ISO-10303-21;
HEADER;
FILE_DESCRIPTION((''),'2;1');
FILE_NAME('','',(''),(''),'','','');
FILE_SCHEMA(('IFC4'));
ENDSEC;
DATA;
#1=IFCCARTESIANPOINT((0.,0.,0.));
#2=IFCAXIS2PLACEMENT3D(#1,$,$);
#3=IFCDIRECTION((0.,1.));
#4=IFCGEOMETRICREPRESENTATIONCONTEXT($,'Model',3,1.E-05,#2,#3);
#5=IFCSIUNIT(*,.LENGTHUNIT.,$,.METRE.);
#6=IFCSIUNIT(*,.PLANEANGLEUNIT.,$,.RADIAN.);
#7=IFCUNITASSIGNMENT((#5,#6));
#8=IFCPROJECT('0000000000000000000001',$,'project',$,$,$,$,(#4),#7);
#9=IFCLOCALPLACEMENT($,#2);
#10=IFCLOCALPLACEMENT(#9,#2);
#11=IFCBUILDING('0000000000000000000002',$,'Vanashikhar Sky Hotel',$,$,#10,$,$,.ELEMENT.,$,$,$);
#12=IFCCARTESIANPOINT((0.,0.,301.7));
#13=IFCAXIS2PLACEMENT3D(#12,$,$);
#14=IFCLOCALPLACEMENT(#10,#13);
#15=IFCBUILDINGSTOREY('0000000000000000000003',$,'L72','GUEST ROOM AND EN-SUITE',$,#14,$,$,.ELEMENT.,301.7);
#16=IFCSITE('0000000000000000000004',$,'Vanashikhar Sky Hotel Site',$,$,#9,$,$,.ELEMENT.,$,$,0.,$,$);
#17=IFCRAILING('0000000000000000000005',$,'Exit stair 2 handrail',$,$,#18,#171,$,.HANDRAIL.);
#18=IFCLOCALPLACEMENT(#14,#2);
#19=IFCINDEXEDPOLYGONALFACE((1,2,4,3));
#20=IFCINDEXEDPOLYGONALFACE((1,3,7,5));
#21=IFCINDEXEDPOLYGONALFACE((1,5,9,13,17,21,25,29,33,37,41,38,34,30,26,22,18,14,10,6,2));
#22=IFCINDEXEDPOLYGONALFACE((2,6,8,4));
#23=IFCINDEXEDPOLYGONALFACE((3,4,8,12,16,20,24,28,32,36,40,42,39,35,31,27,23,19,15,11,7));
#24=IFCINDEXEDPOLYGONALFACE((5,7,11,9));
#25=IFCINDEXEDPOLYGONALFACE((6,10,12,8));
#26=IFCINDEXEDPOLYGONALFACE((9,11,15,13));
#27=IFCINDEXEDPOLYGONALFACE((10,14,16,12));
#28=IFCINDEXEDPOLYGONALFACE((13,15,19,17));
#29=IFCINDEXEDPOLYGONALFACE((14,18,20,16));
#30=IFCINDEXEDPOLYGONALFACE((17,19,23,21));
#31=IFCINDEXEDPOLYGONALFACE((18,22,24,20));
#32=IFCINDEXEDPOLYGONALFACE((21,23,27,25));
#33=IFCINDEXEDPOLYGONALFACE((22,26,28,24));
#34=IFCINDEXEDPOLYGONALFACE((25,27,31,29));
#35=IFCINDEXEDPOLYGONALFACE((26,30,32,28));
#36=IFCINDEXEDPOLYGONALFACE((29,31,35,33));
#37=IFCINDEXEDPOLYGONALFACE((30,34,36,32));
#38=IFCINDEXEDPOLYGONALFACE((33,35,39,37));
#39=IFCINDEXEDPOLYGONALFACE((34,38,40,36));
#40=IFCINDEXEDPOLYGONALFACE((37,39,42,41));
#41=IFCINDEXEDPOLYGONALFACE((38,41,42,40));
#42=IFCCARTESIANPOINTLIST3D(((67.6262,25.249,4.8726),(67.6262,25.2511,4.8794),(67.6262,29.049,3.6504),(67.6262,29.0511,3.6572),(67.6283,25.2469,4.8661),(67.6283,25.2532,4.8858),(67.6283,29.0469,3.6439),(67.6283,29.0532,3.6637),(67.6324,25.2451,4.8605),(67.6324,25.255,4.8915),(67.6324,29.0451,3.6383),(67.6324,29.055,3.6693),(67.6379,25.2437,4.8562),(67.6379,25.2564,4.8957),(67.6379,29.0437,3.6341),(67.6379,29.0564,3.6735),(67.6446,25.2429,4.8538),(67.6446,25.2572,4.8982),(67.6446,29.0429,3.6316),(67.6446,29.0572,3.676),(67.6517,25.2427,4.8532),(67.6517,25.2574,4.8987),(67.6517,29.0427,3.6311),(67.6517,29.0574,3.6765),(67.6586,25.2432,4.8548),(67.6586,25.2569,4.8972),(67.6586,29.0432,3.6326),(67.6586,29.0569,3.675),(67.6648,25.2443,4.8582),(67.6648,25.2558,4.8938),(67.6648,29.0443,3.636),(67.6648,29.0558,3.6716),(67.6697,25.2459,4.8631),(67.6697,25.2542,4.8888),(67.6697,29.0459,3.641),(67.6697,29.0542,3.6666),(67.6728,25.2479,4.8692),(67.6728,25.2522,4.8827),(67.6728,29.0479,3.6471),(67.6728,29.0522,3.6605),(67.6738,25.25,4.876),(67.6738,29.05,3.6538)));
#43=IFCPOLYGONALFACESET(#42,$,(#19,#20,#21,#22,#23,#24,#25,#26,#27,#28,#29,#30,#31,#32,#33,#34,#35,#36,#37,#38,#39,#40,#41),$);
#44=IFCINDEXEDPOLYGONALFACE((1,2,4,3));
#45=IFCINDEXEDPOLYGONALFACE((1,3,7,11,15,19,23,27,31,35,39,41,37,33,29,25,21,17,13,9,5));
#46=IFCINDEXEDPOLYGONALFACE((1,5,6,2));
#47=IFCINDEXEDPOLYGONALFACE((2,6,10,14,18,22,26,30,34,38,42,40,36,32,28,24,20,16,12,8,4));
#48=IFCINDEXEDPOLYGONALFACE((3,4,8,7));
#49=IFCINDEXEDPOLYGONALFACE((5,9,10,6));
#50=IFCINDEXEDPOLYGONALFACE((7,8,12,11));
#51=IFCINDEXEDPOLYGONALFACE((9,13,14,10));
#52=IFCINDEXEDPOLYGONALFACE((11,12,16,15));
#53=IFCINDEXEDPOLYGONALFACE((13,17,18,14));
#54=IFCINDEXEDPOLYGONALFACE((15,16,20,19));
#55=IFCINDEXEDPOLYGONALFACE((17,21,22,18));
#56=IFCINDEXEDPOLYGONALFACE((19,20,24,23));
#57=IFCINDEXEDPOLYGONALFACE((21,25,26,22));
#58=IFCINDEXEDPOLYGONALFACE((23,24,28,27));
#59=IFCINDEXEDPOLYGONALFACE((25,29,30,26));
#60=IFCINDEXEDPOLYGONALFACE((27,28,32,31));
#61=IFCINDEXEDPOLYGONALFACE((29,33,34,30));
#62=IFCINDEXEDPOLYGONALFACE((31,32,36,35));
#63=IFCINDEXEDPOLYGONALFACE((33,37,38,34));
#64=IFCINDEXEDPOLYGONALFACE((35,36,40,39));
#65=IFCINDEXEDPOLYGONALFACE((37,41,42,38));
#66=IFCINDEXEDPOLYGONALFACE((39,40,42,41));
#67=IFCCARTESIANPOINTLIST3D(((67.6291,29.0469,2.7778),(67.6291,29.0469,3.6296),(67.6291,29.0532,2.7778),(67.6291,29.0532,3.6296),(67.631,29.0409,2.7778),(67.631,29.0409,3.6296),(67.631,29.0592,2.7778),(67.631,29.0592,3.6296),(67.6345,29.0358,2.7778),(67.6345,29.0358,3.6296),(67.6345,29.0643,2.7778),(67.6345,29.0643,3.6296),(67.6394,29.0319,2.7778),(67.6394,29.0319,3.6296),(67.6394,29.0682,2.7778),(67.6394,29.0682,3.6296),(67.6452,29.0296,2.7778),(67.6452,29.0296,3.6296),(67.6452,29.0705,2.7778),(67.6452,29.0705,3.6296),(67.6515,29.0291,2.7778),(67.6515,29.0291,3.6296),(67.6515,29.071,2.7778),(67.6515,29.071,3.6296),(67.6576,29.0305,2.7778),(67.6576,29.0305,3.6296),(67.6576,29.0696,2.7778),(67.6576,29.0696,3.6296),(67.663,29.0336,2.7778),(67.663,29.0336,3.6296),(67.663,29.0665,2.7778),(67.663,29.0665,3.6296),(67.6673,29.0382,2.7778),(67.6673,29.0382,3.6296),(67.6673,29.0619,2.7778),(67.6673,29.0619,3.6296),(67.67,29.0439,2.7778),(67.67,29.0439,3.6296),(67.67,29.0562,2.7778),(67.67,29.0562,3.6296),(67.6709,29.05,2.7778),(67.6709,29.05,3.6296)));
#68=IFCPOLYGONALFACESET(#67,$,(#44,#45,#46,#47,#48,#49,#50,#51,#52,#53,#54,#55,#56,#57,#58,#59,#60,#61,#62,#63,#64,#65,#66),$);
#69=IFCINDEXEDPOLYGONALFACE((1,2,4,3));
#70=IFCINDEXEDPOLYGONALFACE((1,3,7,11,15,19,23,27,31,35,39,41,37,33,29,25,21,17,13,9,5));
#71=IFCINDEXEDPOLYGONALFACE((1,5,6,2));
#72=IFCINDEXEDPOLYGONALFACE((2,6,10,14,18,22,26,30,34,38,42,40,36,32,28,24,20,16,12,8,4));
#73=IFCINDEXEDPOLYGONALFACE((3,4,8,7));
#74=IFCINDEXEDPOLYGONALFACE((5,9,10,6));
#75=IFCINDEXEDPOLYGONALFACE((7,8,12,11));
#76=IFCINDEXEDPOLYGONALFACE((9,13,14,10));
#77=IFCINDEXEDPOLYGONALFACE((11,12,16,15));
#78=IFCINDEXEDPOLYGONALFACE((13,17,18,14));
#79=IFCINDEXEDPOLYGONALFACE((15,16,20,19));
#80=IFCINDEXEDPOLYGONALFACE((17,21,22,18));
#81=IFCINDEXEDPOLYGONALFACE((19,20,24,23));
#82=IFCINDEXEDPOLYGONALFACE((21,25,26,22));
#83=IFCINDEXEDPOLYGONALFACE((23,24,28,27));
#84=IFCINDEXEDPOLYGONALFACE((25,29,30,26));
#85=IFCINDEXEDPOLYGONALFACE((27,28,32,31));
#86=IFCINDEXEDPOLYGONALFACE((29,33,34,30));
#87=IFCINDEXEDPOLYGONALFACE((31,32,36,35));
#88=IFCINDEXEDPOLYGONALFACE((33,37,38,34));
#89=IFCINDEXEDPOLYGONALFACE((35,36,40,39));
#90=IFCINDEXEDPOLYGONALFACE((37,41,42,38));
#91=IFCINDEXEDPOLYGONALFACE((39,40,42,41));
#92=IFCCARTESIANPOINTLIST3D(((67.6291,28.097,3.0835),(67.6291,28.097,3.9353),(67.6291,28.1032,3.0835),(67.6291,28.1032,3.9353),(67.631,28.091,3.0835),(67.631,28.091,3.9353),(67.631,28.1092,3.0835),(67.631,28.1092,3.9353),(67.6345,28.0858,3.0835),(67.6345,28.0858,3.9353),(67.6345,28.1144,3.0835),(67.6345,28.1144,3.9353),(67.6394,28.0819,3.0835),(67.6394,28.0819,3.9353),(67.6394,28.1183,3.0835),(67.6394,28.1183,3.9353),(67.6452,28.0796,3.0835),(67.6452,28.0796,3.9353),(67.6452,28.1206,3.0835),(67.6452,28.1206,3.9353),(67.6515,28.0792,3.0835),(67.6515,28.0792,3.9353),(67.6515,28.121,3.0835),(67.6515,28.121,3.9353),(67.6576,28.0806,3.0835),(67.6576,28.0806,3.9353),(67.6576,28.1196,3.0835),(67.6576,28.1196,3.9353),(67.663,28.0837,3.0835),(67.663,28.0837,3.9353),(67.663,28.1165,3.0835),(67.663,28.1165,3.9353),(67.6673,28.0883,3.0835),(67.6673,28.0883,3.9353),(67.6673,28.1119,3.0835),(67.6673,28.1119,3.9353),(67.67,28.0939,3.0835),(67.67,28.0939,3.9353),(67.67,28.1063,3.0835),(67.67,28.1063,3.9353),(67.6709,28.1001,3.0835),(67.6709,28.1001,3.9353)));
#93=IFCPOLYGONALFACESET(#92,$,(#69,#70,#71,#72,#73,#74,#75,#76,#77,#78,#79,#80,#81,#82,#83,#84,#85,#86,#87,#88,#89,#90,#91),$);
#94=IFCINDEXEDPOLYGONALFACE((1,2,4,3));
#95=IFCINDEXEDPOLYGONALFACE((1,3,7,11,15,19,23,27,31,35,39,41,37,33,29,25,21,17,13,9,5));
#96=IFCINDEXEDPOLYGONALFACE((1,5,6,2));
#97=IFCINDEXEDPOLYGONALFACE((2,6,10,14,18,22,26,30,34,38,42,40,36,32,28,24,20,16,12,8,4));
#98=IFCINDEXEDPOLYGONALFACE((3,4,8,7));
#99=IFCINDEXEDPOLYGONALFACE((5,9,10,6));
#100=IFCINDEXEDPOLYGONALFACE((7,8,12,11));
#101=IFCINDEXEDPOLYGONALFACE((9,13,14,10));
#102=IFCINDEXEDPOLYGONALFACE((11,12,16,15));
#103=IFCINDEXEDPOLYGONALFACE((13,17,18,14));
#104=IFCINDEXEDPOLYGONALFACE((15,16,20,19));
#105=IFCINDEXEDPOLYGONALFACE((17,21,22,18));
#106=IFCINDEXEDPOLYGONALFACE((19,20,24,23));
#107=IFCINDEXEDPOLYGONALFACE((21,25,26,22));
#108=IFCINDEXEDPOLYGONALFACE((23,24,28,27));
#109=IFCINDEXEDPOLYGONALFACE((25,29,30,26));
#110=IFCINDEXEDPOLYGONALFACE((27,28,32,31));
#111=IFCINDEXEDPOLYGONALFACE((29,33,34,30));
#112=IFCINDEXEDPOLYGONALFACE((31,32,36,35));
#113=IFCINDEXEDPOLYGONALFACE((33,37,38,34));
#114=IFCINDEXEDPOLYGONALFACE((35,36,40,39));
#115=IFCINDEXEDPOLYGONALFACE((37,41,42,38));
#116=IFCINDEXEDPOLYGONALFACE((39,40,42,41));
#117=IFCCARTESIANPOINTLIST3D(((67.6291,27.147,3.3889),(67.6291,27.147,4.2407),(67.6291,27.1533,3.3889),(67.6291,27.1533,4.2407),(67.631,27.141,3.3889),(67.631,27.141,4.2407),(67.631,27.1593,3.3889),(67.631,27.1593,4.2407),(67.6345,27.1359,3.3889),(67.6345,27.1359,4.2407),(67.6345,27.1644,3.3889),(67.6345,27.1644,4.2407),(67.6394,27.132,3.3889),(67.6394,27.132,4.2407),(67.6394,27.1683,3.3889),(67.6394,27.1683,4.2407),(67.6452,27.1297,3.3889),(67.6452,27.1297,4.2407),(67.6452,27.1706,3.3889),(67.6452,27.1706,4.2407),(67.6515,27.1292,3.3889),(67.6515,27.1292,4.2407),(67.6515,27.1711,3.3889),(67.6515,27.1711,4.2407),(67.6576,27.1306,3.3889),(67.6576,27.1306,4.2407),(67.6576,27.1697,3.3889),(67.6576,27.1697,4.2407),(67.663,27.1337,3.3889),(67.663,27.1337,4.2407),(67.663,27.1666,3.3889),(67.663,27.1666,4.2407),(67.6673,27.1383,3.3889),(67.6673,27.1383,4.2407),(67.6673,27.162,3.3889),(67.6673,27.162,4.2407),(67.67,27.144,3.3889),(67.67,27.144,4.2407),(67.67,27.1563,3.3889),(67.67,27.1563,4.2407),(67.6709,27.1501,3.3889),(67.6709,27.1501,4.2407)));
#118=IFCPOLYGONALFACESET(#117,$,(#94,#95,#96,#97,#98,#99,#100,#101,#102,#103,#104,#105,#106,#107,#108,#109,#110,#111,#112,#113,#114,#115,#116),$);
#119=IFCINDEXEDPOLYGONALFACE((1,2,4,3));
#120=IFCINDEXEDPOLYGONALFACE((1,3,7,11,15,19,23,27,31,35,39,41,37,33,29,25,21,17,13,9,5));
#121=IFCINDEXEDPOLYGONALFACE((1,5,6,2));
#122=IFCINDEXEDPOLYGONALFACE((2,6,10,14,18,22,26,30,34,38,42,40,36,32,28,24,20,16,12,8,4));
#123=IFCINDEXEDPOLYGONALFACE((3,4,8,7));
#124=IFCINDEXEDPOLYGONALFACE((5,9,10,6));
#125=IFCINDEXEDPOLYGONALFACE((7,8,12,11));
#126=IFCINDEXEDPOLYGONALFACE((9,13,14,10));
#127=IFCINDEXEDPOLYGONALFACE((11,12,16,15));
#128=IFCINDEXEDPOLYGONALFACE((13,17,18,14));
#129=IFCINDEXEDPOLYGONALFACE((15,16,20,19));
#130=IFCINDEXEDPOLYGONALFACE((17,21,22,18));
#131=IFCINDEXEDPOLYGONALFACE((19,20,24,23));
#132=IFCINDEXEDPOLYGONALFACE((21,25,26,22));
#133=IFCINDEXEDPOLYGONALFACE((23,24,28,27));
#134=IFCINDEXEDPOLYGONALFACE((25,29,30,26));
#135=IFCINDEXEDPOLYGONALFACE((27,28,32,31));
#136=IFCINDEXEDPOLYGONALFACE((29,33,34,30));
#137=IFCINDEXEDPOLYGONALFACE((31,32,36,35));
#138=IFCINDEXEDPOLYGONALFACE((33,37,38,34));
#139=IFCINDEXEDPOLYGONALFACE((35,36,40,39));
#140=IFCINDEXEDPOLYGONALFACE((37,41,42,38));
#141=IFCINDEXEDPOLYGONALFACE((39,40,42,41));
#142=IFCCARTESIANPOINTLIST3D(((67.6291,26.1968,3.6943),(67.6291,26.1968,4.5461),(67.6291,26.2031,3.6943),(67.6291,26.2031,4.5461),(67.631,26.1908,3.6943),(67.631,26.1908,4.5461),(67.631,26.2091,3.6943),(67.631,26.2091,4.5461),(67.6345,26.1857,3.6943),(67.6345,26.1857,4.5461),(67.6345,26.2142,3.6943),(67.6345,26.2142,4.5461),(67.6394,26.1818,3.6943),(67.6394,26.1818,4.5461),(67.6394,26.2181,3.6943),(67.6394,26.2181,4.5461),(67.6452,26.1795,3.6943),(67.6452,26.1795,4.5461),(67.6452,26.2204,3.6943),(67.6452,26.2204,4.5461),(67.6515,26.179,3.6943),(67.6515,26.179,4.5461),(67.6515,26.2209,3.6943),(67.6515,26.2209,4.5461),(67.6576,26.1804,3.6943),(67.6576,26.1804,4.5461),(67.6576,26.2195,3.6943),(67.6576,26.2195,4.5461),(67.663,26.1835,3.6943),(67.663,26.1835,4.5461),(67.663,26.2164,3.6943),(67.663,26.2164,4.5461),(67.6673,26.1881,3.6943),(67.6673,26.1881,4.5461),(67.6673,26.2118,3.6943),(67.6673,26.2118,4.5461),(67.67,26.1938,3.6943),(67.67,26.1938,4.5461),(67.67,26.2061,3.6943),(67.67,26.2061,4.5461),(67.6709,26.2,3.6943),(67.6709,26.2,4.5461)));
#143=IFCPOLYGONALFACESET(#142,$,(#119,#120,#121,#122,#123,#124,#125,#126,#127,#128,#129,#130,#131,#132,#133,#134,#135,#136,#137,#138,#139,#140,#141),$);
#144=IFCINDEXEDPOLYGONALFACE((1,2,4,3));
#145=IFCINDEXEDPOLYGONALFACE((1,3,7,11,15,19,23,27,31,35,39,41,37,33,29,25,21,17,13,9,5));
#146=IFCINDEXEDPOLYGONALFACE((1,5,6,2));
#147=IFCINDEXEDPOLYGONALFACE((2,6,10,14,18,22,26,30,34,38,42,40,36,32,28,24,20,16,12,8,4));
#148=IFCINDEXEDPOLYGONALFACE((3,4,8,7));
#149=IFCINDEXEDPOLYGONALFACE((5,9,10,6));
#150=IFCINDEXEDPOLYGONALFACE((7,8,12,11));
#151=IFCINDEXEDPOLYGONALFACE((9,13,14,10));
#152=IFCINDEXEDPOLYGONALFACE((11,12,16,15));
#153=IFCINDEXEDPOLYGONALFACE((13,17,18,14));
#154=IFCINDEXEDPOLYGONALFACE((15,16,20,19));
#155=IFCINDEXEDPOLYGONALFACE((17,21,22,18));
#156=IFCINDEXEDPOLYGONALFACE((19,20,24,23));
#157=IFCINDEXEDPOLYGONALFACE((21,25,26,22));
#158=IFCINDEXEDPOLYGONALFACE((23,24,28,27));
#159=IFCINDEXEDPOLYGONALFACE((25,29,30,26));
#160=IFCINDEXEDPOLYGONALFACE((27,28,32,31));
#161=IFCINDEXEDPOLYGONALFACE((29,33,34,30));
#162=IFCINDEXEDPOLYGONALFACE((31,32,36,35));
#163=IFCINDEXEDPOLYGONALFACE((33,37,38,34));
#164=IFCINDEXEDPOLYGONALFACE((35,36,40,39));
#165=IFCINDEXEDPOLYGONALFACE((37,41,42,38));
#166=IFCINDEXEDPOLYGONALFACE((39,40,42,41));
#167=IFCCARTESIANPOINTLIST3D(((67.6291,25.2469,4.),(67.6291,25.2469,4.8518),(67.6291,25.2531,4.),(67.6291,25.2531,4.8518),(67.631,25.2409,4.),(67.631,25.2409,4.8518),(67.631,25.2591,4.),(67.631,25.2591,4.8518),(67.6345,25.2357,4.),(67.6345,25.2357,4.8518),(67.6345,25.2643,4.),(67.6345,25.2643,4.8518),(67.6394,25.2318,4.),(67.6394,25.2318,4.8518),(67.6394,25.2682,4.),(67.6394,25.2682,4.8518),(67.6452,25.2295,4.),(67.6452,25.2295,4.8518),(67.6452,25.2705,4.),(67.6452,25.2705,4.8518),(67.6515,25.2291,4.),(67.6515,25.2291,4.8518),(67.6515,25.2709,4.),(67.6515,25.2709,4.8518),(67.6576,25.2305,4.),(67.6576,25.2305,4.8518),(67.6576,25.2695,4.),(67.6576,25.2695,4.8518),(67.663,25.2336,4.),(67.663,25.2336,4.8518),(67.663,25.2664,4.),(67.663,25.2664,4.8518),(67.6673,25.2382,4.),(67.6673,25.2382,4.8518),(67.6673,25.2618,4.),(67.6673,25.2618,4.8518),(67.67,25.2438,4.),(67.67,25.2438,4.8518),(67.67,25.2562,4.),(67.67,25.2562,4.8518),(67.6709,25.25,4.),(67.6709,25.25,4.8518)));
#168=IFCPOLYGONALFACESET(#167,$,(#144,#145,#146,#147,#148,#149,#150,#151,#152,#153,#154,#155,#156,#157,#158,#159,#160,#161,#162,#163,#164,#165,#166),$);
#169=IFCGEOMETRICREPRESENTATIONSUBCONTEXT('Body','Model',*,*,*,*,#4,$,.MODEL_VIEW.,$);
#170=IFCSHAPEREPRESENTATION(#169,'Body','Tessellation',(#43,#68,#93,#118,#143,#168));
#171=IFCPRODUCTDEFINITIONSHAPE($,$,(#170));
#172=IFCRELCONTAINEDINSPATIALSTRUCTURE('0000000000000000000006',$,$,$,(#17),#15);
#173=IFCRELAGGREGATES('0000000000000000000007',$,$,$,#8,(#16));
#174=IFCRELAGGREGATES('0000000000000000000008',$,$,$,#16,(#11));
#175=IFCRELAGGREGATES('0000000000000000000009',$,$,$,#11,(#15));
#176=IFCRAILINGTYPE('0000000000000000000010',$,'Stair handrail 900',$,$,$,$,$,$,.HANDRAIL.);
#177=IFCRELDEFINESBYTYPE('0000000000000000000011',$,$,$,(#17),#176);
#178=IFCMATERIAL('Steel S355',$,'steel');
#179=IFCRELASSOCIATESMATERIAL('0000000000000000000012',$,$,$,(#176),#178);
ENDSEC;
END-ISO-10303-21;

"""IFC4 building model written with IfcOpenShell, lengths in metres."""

from ifc_helpers import new_model, si_unit, direction, frame, origin, origin_2d, place, context, subcontext, project, spatial, circle, extrude, source, transform, mapped, material, type_object, element, save


model = new_model("IFC4")

# Units and contexts
model_context = context("Model", 3, precision=1e-05, world=origin(), true_north=direction((0.0, 1.0)))
body_context = subcontext(model_context, "Body", "Model", "MODEL_VIEW")
ifc_project = project(units=[si_unit("LENGTHUNIT", "METRE"), si_unit("PLANEANGLEUNIT", "RADIAN")], contexts=[model_context])

# Site, building, storey
site_placement = place(None, origin())
site = spatial("IfcSite", under=ifc_project, at=site_placement, Name="Vanashikhar Sky Hotel Site", CompositionType="ELEMENT", RefElevation=0.0)
building_placement = place(site_placement, origin())
building = spatial("IfcBuilding", under=site, at=building_placement, Name="Vanashikhar Sky Hotel", CompositionType="ELEMENT")
storey_placement = place(building_placement, frame((0.0, 0.0, 301.7)))
storey = spatial("IfcBuildingStorey", under=building, at=storey_placement, Name="L72", Description="GUEST ROOM AND EN-SUITE", CompositionType="ELEMENT", Elevation=301.7)

# Railing
ifc_material_1 = material(Name="Steel S355", Category="steel")
railing_type_1 = type_object("IfcRailingType", Name="Stair handrail 900", PredefinedType="HANDRAIL", material=ifc_material_1)
shared_shape_1 = source(origin(), body_context, "Body", "SweptSolid", [
    extrude(circle(Radius=0.0239, at=origin_2d()), frame((0.0, 0.0, 0.876), z_axis=(0.0, -0.951976, 0.306173), x_axis=(1.0, 0.0, 0.0)), (0.0, 0.0, 1.0), 3.9917),
    extrude(circle(Radius=0.021, at=origin_2d()), origin(), (0.0, 0.0, 1.0), 0.8518),
    extrude(circle(Radius=0.021, at=origin_2d()), frame((0.0, -0.95, 0.3057)), (0.0, 0.0, 1.0), 0.8518),
    extrude(circle(Radius=0.021, at=origin_2d()), frame((0.0, -1.8999, 0.6111)), (0.0, 0.0, 1.0), 0.8518),
    extrude(circle(Radius=0.021, at=origin_2d()), frame((0.0, -2.8501, 0.9165)), (0.0, 0.0, 1.0), 0.8518),
    extrude(circle(Radius=0.021, at=origin_2d()), frame((0.0, -3.8, 1.2222)), (0.0, 0.0, 1.0), 0.8518),
])
for number, where, name in (
    (1, (67.6499, 29.05, 2.7778), "Exit stair 2 handrail"),
):
    element("IfcRailing", number, at=place(storey_placement, frame(where)), inside=storey, type_object=railing_type_1, Name=name, PredefinedType="HANDRAIL", context=body_context, shape_type="MappedRepresentation", body=[
        mapped(shared_shape_1, transform((0.0, 0.0, 0.0), scale=1.0)),
    ])

save(model, "model.ifc")
